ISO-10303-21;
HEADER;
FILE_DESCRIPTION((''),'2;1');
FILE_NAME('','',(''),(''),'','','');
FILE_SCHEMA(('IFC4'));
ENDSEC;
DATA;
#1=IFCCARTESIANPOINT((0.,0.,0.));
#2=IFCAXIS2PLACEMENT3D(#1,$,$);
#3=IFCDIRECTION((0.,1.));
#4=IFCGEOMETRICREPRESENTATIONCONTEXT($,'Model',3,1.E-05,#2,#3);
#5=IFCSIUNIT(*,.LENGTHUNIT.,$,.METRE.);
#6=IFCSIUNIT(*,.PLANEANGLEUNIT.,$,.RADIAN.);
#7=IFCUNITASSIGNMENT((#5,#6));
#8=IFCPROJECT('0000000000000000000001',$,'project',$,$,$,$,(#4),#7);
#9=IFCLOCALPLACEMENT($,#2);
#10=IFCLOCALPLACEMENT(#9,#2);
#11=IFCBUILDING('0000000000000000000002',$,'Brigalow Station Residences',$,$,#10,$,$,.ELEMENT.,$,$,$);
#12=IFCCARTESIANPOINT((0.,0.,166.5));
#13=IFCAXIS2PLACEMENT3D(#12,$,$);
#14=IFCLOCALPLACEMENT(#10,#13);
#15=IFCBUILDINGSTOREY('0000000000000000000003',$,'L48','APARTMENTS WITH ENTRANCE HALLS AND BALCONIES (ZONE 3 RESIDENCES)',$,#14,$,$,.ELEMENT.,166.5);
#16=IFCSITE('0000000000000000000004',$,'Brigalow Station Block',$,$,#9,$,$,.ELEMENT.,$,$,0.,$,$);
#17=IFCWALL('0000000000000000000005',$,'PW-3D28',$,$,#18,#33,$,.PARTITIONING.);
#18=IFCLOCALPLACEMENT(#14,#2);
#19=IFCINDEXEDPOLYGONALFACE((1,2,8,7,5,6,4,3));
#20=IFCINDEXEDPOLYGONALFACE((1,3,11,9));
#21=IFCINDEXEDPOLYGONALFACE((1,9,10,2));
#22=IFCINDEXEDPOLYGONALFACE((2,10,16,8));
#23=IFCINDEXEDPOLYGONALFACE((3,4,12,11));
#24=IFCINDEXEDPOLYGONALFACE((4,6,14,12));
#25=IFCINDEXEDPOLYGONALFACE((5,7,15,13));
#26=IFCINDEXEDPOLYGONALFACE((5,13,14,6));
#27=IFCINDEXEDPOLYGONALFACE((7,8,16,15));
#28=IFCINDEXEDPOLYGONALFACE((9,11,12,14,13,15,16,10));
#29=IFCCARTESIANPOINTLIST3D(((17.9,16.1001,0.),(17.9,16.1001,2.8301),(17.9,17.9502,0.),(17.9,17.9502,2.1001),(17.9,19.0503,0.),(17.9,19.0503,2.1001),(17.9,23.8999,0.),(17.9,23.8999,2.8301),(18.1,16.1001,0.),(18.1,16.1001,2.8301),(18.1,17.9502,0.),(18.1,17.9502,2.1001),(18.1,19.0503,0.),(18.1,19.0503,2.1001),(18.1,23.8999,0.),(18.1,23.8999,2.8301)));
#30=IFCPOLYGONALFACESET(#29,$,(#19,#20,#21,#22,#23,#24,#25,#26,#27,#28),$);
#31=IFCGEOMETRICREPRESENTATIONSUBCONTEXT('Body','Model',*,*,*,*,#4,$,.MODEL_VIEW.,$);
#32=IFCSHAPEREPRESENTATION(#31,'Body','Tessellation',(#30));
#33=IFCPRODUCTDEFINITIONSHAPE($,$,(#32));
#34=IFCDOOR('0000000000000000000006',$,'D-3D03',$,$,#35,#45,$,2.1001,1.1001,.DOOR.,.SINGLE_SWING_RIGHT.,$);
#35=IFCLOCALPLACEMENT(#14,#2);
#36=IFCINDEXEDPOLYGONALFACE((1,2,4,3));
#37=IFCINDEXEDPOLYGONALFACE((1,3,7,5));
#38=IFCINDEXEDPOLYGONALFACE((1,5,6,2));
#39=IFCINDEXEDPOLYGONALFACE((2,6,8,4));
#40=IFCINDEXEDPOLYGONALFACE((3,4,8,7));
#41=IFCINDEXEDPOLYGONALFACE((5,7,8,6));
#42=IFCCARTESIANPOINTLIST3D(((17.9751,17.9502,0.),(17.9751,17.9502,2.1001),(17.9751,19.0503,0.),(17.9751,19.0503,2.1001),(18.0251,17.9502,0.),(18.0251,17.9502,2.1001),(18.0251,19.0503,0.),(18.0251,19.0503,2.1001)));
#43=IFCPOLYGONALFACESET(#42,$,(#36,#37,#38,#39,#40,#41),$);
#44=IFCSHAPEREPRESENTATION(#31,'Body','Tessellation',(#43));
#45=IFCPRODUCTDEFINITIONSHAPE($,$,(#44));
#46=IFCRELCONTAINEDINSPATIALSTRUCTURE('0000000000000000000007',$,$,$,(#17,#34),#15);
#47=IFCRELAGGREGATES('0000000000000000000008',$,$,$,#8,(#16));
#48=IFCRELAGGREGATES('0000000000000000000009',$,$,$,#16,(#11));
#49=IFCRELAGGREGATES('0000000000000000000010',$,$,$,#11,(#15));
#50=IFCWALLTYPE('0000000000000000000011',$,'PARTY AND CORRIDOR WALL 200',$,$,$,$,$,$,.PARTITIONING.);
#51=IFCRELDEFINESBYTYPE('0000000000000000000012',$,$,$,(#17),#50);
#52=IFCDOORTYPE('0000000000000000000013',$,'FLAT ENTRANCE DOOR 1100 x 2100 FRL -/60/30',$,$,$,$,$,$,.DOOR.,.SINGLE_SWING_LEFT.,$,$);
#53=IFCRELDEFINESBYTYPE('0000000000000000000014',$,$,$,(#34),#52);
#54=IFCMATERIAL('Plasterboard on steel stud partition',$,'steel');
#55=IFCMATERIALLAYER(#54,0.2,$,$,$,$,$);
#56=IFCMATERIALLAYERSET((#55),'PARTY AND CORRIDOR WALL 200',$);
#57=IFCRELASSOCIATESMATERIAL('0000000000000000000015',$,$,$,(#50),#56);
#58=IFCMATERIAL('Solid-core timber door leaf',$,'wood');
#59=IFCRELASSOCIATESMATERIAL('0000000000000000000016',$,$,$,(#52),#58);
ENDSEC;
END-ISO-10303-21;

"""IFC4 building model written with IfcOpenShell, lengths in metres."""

from ifc_helpers import new_model, si_unit, direction, frame, frame_2d, origin, place, context, subcontext, project, spatial, rectangle, extrude, material, layer, layer_set, type_object, element, fill, save


model = new_model("IFC4")

# Units and contexts
model_context = context("Model", 3, precision=1e-05, world=origin(), true_north=direction((0.0, 1.0)))
body_context = subcontext(model_context, "Body", "Model", "MODEL_VIEW")
ifc_project = project(units=[si_unit("LENGTHUNIT", "METRE"), si_unit("PLANEANGLEUNIT", "RADIAN")], contexts=[model_context])

# Site, building, storey
site_placement = place(None, origin())
site = spatial("IfcSite", under=ifc_project, at=site_placement, Name="Brigalow Station Block", CompositionType="ELEMENT", RefElevation=0.0)
building_placement = place(site_placement, origin())
building = spatial("IfcBuilding", under=site, at=building_placement, Name="Brigalow Station Residences", CompositionType="ELEMENT")
storey_placement = place(building_placement, frame((0.0, 0.0, 166.5)))
storey = spatial("IfcBuildingStorey", under=building, at=storey_placement, Name="L48", Description="APARTMENTS WITH ENTRANCE HALLS AND BALCONIES (ZONE 3 RESIDENCES)", CompositionType="ELEMENT", Elevation=166.5)

# Shared definitions
ifc_material_1 = material(Name="Plasterboard on steel stud partition", Category="steel")
ifc_layer_1 = layer(ifc_material_1, 0.2)
ifc_layer_set_1 = layer_set([ifc_layer_1], Name="PARTY AND CORRIDOR WALL 200")
wall_type_1 = type_object("IfcWallType", Name="PARTY AND CORRIDOR WALL 200", PredefinedType="PARTITIONING", material=ifc_layer_set_1)

# Wall, opening, door
wall_1_placement = place(storey_placement, frame((18.0, 16.1001, 0.0), z_axis=(0.0, 0.0, 1.0), x_axis=(0.0, 1.0, 0.0)))
wall_1 = element("IfcWall", 1, at=wall_1_placement, inside=storey, type_object=wall_type_1, Name="PW-3D28", PredefinedType="PARTITIONING", context=body_context, shape_type="SweptSolid", body=[
    extrude(rectangle(XDim=7.7998, YDim=0.2, at=frame_2d((3.8999, 0.0))), origin(), (0.0, 0.0, 1.0), 2.8301),
])
opening_1_placement = place(wall_1_placement, frame((1.8501, 0.0, 0.0)))
opening_1 = element("IfcOpeningElement", 2, at=opening_1_placement, cuts=wall_1, PredefinedType="OPENING", context=body_context, shape_type="SweptSolid", body=[
    extrude(rectangle(XDim=1.1001, YDim=2.1001, at=frame_2d((0.55, 1.05))), frame((0.0, 0.1099, 0.0), z_axis=(0.0, -1.0, 0.0), x_axis=(1.0, 0.0, 0.0)), (0.0, 0.0, 1.0), 0.22),
])
ifc_material_2 = material(Name="Solid-core timber door leaf", Category="wood")
door_type_1 = type_object("IfcDoorType", Name="FLAT ENTRANCE DOOR 1100 x 2100 FRL -/60/30", OperationType="SINGLE_SWING_LEFT", PredefinedType="DOOR", material=ifc_material_2)
door_1_placement = place(opening_1_placement, origin())
door_1 = element("IfcDoor", 3, at=door_1_placement, inside=storey, type_object=door_type_1, Name="D-3D03", OperationType="SINGLE_SWING_RIGHT", OverallHeight=2.1001, OverallWidth=1.1001, PredefinedType="DOOR", context=body_context, shape_type="SweptSolid", body=[
    extrude(rectangle(XDim=1.1001, YDim=2.1001, at=frame_2d((0.55, 1.05))), frame((0.0, 0.0249, 0.0), z_axis=(0.0, -1.0, 0.0), x_axis=(1.0, 0.0, 0.0)), (0.0, 0.0, 1.0), 0.05),
])
fill(opening_1, door_1)

save(model, "model.ifc")
